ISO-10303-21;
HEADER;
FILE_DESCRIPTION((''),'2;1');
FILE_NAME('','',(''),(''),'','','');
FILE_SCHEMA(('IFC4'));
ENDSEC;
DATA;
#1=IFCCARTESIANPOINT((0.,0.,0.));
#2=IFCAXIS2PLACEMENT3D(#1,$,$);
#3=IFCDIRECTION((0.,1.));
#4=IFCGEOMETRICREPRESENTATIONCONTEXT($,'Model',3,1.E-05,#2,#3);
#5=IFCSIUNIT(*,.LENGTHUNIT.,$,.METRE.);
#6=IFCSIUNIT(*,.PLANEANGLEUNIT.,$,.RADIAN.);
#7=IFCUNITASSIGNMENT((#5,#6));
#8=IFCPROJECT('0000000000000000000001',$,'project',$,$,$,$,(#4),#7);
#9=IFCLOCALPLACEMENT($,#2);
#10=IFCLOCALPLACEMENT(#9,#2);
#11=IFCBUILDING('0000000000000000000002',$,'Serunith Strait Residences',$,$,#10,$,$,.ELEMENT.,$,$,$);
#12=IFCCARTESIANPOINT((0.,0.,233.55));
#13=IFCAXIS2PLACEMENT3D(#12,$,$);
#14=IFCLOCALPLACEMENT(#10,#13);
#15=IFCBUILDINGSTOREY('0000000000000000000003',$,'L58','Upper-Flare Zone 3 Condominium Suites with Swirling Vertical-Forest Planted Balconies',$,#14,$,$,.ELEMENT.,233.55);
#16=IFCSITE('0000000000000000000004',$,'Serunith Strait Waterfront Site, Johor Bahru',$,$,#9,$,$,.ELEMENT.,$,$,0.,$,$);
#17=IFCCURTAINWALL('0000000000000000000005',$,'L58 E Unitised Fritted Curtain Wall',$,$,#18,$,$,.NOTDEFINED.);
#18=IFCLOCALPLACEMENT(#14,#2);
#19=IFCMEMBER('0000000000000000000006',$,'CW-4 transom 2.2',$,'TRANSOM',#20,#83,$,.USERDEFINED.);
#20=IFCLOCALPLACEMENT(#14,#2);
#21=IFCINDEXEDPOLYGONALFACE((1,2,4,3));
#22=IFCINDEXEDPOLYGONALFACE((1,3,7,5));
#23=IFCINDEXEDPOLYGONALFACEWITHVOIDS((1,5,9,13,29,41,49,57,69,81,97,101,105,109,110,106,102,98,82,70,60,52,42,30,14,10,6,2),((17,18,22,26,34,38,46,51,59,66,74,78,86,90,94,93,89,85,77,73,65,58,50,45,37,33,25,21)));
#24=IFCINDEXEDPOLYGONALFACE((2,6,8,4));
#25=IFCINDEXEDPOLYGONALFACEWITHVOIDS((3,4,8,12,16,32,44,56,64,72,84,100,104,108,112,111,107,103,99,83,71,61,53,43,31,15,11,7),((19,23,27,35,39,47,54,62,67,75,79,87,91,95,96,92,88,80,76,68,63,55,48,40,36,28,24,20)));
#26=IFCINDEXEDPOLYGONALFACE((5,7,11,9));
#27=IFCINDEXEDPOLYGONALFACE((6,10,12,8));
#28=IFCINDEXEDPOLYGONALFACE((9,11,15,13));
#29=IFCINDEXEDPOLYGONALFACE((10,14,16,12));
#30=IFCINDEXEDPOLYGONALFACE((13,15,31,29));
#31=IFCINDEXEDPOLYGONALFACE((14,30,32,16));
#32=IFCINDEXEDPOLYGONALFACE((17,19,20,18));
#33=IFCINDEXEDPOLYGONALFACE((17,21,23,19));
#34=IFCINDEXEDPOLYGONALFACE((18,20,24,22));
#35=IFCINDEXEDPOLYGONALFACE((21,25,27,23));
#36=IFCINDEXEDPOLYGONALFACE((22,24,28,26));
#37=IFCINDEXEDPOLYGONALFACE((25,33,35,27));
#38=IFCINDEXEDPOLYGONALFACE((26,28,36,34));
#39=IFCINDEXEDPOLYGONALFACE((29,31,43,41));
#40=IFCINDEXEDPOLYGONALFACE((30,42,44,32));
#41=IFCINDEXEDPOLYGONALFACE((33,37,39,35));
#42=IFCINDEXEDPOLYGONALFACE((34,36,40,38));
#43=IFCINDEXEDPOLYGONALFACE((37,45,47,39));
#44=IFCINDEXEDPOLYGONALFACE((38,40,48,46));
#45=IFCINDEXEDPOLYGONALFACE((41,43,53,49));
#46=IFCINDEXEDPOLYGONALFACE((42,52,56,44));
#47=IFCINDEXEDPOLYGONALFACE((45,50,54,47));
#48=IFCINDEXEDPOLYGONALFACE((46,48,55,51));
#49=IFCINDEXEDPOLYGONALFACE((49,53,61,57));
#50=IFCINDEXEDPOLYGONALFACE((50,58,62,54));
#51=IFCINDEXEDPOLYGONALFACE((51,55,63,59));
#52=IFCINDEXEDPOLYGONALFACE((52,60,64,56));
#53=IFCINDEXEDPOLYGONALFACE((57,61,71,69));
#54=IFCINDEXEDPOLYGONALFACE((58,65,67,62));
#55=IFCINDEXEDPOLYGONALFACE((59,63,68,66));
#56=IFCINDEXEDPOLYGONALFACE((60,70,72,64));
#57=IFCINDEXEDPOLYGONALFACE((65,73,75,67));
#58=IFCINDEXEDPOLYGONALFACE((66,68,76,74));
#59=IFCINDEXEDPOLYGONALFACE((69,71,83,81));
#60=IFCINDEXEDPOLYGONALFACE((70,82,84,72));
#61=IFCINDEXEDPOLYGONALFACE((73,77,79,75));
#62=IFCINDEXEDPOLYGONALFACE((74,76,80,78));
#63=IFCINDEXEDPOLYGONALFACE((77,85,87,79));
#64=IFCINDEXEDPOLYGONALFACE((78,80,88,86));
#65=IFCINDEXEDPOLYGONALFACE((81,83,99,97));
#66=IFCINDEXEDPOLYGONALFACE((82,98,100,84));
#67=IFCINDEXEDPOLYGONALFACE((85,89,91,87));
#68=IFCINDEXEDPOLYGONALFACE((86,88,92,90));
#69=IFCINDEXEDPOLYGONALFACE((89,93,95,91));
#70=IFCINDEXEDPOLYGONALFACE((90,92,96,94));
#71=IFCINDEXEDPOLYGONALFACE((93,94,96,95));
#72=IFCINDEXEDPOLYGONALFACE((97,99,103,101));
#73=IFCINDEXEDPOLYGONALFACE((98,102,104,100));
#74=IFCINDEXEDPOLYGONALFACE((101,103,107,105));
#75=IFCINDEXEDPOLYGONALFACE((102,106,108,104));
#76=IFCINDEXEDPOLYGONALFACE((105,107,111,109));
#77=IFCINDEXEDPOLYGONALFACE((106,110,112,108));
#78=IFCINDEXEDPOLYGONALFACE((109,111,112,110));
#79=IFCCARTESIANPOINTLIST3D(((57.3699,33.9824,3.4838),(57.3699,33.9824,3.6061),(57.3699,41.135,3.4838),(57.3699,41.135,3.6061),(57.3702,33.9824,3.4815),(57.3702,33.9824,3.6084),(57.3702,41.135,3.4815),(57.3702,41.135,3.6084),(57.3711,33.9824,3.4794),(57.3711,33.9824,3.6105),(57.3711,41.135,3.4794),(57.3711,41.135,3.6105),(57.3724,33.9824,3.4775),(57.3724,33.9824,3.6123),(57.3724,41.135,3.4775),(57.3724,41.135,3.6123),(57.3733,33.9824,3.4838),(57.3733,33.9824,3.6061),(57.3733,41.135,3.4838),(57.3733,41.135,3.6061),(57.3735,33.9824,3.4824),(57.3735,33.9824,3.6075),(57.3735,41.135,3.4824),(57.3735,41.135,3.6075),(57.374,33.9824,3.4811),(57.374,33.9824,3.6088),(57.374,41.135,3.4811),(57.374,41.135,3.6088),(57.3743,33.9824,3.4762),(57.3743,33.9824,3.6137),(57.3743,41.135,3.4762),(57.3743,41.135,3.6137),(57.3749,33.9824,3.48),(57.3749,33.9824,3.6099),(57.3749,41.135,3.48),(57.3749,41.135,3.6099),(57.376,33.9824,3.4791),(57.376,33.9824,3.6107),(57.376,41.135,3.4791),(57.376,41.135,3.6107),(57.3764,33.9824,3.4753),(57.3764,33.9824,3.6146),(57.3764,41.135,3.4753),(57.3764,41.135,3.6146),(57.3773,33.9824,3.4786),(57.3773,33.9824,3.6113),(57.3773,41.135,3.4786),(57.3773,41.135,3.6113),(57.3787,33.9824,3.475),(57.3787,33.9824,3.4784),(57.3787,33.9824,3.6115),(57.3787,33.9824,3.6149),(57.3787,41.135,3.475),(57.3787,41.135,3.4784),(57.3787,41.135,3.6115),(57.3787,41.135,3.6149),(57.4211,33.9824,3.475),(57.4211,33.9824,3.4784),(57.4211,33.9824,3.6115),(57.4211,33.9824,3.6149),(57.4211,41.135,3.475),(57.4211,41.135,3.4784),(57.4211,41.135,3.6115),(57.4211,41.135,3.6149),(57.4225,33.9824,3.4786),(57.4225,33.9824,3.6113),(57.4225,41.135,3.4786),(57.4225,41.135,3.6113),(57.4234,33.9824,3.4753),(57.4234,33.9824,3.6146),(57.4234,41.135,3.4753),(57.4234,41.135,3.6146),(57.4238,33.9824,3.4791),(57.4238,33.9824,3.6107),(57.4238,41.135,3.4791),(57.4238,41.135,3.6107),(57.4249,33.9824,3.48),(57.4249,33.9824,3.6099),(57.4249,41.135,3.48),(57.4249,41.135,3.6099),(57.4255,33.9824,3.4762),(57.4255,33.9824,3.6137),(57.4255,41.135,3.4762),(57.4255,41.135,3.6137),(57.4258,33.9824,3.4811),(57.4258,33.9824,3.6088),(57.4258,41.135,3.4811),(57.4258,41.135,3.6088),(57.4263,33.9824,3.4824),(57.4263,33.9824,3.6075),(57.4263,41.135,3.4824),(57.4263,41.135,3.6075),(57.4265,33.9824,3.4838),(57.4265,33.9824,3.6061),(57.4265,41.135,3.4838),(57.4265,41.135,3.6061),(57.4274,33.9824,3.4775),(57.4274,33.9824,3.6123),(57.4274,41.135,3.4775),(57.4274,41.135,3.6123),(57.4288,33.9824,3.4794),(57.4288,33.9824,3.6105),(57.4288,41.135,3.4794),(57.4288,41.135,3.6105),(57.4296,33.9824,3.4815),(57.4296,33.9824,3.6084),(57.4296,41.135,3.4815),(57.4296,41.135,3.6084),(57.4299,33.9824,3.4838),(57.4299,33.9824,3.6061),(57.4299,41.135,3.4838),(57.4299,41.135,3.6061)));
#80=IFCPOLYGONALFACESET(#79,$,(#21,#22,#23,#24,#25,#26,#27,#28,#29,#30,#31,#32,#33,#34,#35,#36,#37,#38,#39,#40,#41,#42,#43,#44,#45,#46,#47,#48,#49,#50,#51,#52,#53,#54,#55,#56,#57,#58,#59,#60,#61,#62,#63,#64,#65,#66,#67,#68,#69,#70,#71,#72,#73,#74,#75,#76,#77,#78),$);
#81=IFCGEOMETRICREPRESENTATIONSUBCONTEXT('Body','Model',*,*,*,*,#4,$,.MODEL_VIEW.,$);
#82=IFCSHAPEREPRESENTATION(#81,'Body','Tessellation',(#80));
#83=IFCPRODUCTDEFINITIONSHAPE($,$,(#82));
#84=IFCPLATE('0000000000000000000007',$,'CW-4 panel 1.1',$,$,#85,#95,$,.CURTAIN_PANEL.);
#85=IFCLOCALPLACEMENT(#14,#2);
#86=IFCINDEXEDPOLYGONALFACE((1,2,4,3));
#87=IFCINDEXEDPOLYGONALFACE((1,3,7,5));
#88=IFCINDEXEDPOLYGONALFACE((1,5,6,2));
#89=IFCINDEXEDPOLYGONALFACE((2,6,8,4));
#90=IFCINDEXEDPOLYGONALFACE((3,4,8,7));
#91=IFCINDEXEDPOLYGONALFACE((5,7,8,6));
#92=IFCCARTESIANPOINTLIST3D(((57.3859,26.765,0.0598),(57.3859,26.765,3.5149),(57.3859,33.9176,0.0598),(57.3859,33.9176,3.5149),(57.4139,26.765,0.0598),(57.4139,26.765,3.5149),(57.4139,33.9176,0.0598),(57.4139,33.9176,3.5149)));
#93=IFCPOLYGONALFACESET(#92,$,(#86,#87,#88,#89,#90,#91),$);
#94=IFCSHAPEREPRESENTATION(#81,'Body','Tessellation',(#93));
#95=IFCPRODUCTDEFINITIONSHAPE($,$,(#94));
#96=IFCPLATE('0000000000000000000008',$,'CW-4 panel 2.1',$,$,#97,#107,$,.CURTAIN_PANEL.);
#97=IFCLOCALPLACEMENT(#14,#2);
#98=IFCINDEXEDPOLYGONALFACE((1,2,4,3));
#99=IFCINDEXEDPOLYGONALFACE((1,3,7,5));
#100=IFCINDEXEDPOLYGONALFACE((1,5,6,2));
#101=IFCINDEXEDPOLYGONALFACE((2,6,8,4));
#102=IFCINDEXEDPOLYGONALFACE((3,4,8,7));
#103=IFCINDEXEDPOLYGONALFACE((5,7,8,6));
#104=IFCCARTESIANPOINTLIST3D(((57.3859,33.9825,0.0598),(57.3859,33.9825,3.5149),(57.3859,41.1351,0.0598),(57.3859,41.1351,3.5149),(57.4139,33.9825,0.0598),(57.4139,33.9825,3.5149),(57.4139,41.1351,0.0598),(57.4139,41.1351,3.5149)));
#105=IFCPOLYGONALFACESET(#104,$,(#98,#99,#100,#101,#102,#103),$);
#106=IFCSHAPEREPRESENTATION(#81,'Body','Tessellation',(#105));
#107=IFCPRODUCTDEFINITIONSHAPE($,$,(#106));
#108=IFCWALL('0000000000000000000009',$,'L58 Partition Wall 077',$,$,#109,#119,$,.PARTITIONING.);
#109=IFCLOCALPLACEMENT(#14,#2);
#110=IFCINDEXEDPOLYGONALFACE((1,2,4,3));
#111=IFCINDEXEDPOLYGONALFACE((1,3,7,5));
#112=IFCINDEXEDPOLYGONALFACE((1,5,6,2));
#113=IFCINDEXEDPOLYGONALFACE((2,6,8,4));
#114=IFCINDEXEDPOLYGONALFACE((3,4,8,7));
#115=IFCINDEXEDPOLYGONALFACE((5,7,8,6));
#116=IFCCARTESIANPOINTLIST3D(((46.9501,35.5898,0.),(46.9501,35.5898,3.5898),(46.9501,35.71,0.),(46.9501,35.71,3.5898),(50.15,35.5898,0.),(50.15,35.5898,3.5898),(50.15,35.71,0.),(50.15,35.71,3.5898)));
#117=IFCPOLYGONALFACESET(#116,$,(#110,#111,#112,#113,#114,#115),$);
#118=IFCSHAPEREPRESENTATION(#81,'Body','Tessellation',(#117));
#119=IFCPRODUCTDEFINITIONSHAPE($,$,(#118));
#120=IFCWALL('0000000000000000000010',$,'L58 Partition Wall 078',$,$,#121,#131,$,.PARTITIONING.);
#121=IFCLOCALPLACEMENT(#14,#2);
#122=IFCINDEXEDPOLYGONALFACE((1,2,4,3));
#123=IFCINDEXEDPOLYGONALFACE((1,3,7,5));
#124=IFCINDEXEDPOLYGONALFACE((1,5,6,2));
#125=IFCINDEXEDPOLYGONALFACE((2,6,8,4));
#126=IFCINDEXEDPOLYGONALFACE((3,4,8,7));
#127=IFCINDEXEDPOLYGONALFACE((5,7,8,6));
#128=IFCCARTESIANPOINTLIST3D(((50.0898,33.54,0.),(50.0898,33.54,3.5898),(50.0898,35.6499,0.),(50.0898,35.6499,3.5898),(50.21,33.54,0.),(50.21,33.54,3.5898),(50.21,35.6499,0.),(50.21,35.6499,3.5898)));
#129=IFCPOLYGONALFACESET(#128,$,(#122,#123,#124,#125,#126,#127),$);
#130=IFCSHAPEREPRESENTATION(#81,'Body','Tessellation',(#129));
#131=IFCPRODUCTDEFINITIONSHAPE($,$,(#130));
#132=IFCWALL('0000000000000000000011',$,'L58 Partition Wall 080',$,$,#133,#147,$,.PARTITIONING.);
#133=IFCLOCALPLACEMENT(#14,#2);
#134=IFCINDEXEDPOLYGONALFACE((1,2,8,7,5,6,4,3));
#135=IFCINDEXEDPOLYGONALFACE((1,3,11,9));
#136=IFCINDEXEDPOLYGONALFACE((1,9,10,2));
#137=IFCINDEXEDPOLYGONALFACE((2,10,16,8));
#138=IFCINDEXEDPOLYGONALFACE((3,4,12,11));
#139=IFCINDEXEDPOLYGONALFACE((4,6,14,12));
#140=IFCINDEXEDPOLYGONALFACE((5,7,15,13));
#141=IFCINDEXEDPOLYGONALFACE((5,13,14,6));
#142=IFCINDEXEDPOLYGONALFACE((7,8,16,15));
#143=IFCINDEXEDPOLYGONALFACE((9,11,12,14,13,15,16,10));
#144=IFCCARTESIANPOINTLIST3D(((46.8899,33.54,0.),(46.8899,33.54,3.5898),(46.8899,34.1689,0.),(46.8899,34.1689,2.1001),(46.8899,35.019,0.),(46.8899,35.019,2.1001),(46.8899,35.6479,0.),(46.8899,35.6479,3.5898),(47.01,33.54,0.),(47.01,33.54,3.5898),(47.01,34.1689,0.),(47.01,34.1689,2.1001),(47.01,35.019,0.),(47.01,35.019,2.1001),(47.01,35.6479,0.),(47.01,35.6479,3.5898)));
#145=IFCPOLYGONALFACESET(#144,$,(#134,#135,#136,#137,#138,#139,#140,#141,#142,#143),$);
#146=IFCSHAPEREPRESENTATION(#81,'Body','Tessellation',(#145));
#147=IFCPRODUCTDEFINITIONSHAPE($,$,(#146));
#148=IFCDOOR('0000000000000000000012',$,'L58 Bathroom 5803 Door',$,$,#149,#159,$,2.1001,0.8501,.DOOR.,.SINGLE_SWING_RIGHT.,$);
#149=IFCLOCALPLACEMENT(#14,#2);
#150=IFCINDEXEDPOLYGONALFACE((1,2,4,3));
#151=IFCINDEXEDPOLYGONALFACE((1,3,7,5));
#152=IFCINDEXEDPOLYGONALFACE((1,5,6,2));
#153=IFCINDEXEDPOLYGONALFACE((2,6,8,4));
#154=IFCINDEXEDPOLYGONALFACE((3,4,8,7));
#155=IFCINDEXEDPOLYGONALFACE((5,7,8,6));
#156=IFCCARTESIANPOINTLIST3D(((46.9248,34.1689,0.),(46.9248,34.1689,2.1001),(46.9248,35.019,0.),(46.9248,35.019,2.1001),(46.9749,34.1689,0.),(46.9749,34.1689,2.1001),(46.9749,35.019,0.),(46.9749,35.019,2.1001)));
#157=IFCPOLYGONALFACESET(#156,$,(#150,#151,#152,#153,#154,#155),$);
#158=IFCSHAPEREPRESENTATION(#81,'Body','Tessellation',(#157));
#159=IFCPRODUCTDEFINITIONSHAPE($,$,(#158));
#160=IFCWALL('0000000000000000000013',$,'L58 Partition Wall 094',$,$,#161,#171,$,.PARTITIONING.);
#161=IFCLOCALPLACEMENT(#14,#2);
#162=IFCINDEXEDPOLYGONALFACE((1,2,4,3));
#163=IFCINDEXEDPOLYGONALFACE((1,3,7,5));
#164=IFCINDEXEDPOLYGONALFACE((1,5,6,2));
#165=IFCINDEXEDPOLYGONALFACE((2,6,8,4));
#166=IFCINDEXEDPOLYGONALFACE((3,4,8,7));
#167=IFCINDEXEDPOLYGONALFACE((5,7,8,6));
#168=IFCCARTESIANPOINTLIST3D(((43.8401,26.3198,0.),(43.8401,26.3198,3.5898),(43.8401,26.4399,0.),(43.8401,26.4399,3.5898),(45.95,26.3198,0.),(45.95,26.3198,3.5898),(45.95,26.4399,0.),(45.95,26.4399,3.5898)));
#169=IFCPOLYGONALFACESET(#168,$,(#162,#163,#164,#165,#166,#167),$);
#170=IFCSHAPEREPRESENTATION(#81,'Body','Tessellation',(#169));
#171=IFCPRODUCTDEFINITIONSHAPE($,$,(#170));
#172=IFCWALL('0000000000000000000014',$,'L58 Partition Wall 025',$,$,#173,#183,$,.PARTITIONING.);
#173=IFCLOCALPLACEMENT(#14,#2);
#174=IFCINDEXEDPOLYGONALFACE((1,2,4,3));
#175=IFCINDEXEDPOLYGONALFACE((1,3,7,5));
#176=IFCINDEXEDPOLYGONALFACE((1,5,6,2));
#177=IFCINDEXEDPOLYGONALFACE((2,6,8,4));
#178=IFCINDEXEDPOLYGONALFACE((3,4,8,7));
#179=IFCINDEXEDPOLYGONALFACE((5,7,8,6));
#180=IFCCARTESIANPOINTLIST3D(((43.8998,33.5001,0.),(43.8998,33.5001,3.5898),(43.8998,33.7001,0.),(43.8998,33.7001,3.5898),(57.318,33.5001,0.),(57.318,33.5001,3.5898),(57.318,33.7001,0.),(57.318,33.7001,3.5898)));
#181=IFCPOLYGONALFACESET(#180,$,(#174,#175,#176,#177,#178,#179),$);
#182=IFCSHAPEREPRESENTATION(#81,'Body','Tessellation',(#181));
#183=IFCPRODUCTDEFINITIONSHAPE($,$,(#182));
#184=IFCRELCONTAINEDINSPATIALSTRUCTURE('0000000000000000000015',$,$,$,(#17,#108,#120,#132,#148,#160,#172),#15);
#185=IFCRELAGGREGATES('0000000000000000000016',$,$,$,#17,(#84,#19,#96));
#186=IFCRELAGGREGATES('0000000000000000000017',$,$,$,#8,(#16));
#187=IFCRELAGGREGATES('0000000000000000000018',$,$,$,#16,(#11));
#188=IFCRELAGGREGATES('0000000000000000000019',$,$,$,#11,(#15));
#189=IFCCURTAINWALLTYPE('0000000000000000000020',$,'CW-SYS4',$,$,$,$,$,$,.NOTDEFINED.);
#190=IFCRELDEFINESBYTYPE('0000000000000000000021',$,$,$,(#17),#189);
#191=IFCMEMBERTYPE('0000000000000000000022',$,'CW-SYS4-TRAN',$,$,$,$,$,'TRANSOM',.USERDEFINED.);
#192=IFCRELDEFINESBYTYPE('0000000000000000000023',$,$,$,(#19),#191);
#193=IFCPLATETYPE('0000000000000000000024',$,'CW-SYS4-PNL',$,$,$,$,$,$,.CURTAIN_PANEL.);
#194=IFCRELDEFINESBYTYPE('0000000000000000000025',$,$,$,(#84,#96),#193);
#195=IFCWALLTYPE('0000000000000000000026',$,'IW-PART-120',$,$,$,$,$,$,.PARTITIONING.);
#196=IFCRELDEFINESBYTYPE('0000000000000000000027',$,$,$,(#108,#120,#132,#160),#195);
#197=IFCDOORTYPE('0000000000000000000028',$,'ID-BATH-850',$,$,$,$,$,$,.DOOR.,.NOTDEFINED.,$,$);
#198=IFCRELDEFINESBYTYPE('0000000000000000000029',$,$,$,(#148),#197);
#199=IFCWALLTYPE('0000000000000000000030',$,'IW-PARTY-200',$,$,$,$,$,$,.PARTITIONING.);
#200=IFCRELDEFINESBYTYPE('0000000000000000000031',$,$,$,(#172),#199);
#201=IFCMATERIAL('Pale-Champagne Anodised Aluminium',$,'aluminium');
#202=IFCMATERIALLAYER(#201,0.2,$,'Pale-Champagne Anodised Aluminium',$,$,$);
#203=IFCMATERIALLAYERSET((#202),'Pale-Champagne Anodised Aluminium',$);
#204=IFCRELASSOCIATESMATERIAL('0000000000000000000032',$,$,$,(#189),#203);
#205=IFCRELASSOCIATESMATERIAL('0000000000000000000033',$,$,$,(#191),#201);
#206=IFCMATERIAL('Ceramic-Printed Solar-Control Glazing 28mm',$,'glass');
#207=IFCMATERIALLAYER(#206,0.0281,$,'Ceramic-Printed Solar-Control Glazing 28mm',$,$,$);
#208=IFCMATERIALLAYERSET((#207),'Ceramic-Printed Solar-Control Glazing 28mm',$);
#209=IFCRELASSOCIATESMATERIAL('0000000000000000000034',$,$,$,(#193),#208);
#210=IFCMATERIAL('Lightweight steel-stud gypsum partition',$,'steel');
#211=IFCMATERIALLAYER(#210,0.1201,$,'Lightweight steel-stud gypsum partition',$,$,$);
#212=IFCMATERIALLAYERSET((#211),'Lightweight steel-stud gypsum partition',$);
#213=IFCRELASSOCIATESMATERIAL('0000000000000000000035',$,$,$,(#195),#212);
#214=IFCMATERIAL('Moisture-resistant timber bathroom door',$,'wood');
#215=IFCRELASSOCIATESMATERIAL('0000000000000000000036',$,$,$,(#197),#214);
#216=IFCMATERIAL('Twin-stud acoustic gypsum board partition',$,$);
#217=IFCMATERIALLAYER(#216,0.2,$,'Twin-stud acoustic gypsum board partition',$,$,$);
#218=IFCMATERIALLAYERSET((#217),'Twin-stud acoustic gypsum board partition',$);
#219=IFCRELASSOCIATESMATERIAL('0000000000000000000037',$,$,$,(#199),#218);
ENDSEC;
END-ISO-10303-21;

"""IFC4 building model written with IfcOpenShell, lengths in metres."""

from ifc_helpers import new_model, si_unit, direction, frame, frame_2d, origin, origin_2d, place, context, subcontext, project, spatial, rectangle, hollow_rectangle, extrude, source, transform, mapped, material, layer, layer_set, material_profile, profile_set, type_object, element, fill, aggregate, save


model = new_model("IFC4")

# Units and contexts
model_context = context("Model", 3, precision=1e-05, world=origin(), true_north=direction((0.0, 1.0)))
body_context = subcontext(model_context, "Body", "Model", "MODEL_VIEW")
ifc_project = project(units=[si_unit("LENGTHUNIT", "METRE"), si_unit("PLANEANGLEUNIT", "RADIAN")], contexts=[model_context])

# Site, building, storey
site_placement = place(None, origin())
site = spatial("IfcSite", under=ifc_project, at=site_placement, Name="Serunith Strait Waterfront Site, Johor Bahru", CompositionType="ELEMENT", RefElevation=0.0)
building_placement = place(site_placement, origin())
building = spatial("IfcBuilding", under=site, at=building_placement, Name="Serunith Strait Residences", CompositionType="ELEMENT")
storey_placement = place(building_placement, frame((0.0, 0.0, 233.55)))
storey = spatial("IfcBuildingStorey", under=building, at=storey_placement, Name="L58", Description="Upper-Flare Zone 3 Condominium Suites with Swirling Vertical-Forest Planted Balconies", CompositionType="ELEMENT", Elevation=233.55)

# Curtain wall, member, plates
ifc_material_1 = material(Name="Pale-Champagne Anodised Aluminium", Category="aluminium")
ifc_layer_1 = layer(ifc_material_1, 0.2, Name="Pale-Champagne Anodised Aluminium")
ifc_layer_set_1 = layer_set([ifc_layer_1], Name="Pale-Champagne Anodised Aluminium")
curtain_wall_type = type_object("IfcCurtainWallType", Name="CW-SYS4", PredefinedType="NOTDEFINED", material=ifc_layer_set_1)
curtain_wall_placement = place(storey_placement, origin())
curtain_wall = element("IfcCurtainWall", 1, at=curtain_wall_placement, inside=storey, type_object=curtain_wall_type, Name="L58 E Unitised Fritted Curtain Wall", PredefinedType="NOTDEFINED")
ifc_material_profile_1 = material_profile(ifc_material_1, hollow_rectangle(XDim=0.0601, YDim=0.1399, WallThickness=0.0034, InnerFilletRadius=0.0054, OuterFilletRadius=0.0088, at=origin_2d()), Name="ALU 140x60x3.5")
ifc_profile_set_1 = profile_set([ifc_material_profile_1], Name="Pale-Champagne Anodised Aluminium")
member_type_1 = type_object("IfcMemberType", Name="CW-SYS4-TRAN", ElementType="TRANSOM", PredefinedType="USERDEFINED", material=ifc_profile_set_1)
shared_shape_1 = source(origin(), body_context, "Body", "SweptSolid", [
    extrude(hollow_rectangle(XDim=0.0601, YDim=0.1399, WallThickness=0.0034, InnerFilletRadius=0.0054, OuterFilletRadius=0.0088, at=origin_2d()), origin(), (0.0, 0.0, 1.0), 7.1526),
])
member_1_placement = place(storey_placement, frame((57.3999, 33.9824, 3.5449), z_axis=(0.0, 1.0, 0.0), x_axis=(-1.0, 0.0, 0.0)))
member_1 = element("IfcMember", 2, at=member_1_placement, type_object=member_type_1, Name="CW-4 transom 2.2", ObjectType="TRANSOM", PredefinedType="USERDEFINED", context=body_context, shape_type="MappedRepresentation", body=[
    mapped(shared_shape_1, transform((0.0, 0.0, 0.0), scale=1.0)),
])
ifc_material_2 = material(Name="Ceramic-Printed Solar-Control Glazing 28mm", Category="glass")
ifc_layer_2 = layer(ifc_material_2, 0.0281, Name="Ceramic-Printed Solar-Control Glazing 28mm")
ifc_layer_set_2 = layer_set([ifc_layer_2], Name="Ceramic-Printed Solar-Control Glazing 28mm")
plate_type = type_object("IfcPlateType", Name="CW-SYS4-PNL", PredefinedType="CURTAIN_PANEL", material=ifc_layer_set_2)
shared_shape_2 = source(origin(), body_context, "Body", "SweptSolid", [
    extrude(rectangle(XDim=7.1526, YDim=0.0281, at=origin_2d()), origin(), (0.0, 0.0, 1.0), 3.4551),
])
plate_1_placement = place(storey_placement, frame((57.3999, 30.3413, 0.0598), z_axis=(0.0, 0.0, 1.0), x_axis=(0.0, 1.0, 0.0)))
plate_1 = element("IfcPlate", 3, at=plate_1_placement, type_object=plate_type, Name="CW-4 panel 1.1", PredefinedType="CURTAIN_PANEL", context=body_context, shape_type="MappedRepresentation", body=[
    mapped(shared_shape_2, transform((0.0, 0.0, 0.0), scale=1.0)),
])
plate_2_placement = place(storey_placement, frame((57.3999, 37.5588, 0.0598), z_axis=(0.0, 0.0, 1.0), x_axis=(0.0, 1.0, 0.0)))
plate_2 = element("IfcPlate", 4, at=plate_2_placement, type_object=plate_type, Name="CW-4 panel 2.1", PredefinedType="CURTAIN_PANEL", context=body_context, shape_type="MappedRepresentation", body=[
    mapped(shared_shape_2, transform((0.0, 0.0, 0.0), scale=1.0)),
])
aggregate(curtain_wall, [plate_1, member_1, plate_2])

# Walls
ifc_material_3 = material(Name="Lightweight steel-stud gypsum partition", Category="steel")
ifc_layer_3 = layer(ifc_material_3, 0.1201, Name="Lightweight steel-stud gypsum partition")
ifc_layer_set_3 = layer_set([ifc_layer_3], Name="Lightweight steel-stud gypsum partition")
wall_type_1 = type_object("IfcWallType", Name="IW-PART-120", PredefinedType="PARTITIONING", material=ifc_layer_set_3)
wall_1_placement = place(storey_placement, frame((46.95, 35.6499, 0.0), z_axis=(0.0, 0.0, 1.0), x_axis=(1.0, 0.0, 0.0)))
element("IfcWall", 5, at=wall_1_placement, inside=storey, type_object=wall_type_1, Name="L58 Partition Wall 077", PredefinedType="PARTITIONING", context=body_context, shape_type="SweptSolid", body=[
    extrude(rectangle(XDim=3.2, YDim=0.1201, at=frame_2d((1.6001, 0.0))), origin(), (0.0, 0.0, 1.0), 3.5898),
])
wall_2_placement = place(storey_placement, frame((50.1499, 35.6499, 0.0), z_axis=(0.0, 0.0, 1.0), x_axis=(0.0, -1.0, 0.0)))
element("IfcWall", 6, at=wall_2_placement, inside=storey, type_object=wall_type_1, Name="L58 Partition Wall 078", PredefinedType="PARTITIONING", context=body_context, shape_type="SweptSolid", body=[
    extrude(rectangle(XDim=2.1099, YDim=0.1201, at=frame_2d((1.0549, 0.0))), origin(), (0.0, 0.0, 1.0), 3.5898),
])

# Wall, opening, door
wall_3_placement = place(storey_placement, frame((46.95, 35.6479, 0.0), z_axis=(0.0, 0.0, 1.0), x_axis=(0.0, -1.0, 0.0)))
wall_3 = element("IfcWall", 7, at=wall_3_placement, inside=storey, type_object=wall_type_1, Name="L58 Partition Wall 080", PredefinedType="PARTITIONING", context=body_context, shape_type="SweptSolid", body=[
    extrude(rectangle(XDim=2.1079, YDim=0.1201, at=frame_2d((1.054, 0.0))), origin(), (0.0, 0.0, 1.0), 3.5898),
])
opening_placement = place(wall_3_placement, frame((0.6289, 0.0, 0.0)))
opening = element("IfcOpeningElement", 8, at=opening_placement, cuts=wall_3, PredefinedType="OPENING", context=body_context, shape_type="SweptSolid", body=[
    extrude(rectangle(XDim=0.8501, YDim=2.1001, at=frame_2d((0.425, 1.05))), frame((0.0, 0.0701, 0.0), z_axis=(0.0, -1.0, 0.0), x_axis=(1.0, 0.0, 0.0)), (0.0, 0.0, 1.0), 0.1401),
])
ifc_material_4 = material(Name="Moisture-resistant timber bathroom door", Category="wood")
door_type = type_object("IfcDoorType", Name="ID-BATH-850", OperationType="NOTDEFINED", PredefinedType="DOOR", material=ifc_material_4)
shared_shape_3 = source(origin(), body_context, "Body", "SweptSolid", [
    extrude(rectangle(XDim=0.8501, YDim=2.1001, at=frame_2d((0.425, 1.05))), frame((0.0, 0.0249, 0.0), z_axis=(0.0, -1.0, 0.0), x_axis=(1.0, 0.0, 0.0)), (0.0, 0.0, 1.0), 0.05),
])
door_placement = place(opening_placement, origin())
door = element("IfcDoor", 9, at=door_placement, inside=storey, type_object=door_type, Name="L58 Bathroom 5803 Door", OperationType="SINGLE_SWING_RIGHT", OverallHeight=2.1001, OverallWidth=0.8501, PredefinedType="DOOR", context=body_context, shape_type="MappedRepresentation", body=[
    mapped(shared_shape_3, transform((0.0, 0.0, 0.0), scale=1.0)),
])
fill(opening, door)

# Walls
wall_4_placement = place(storey_placement, frame((45.95, 26.3799, 0.0), z_axis=(0.0, 0.0, 1.0), x_axis=(-1.0, 0.0, 0.0)))
element("IfcWall", 10, at=wall_4_placement, inside=storey, type_object=wall_type_1, Name="L58 Partition Wall 094", PredefinedType="PARTITIONING", context=body_context, shape_type="SweptSolid", body=[
    extrude(rectangle(XDim=2.1099, YDim=0.1201, at=frame_2d((1.0549, 0.0))), origin(), (0.0, 0.0, 1.0), 3.5898),
])
ifc_material_5 = material(Name="Twin-stud acoustic gypsum board partition")
ifc_layer_4 = layer(ifc_material_5, 0.2, Name="Twin-stud acoustic gypsum board partition")
ifc_layer_set_4 = layer_set([ifc_layer_4], Name="Twin-stud acoustic gypsum board partition")
wall_type_2 = type_object("IfcWallType", Name="IW-PARTY-200", PredefinedType="PARTITIONING", material=ifc_layer_set_4)
wall_5_placement = place(storey_placement, frame((43.8999, 33.6001, 0.0), z_axis=(0.0, 0.0, 1.0), x_axis=(1.0, 0.0, 0.0)))
element("IfcWall", 11, at=wall_5_placement, inside=storey, type_object=wall_type_2, Name="L58 Partition Wall 025", PredefinedType="PARTITIONING", context=body_context, shape_type="SweptSolid", body=[
    extrude(rectangle(XDim=13.4182, YDim=0.2, at=frame_2d((6.709, 0.0))), origin(), (0.0, 0.0, 1.0), 3.5898),
])

save(model, "model.ifc")
